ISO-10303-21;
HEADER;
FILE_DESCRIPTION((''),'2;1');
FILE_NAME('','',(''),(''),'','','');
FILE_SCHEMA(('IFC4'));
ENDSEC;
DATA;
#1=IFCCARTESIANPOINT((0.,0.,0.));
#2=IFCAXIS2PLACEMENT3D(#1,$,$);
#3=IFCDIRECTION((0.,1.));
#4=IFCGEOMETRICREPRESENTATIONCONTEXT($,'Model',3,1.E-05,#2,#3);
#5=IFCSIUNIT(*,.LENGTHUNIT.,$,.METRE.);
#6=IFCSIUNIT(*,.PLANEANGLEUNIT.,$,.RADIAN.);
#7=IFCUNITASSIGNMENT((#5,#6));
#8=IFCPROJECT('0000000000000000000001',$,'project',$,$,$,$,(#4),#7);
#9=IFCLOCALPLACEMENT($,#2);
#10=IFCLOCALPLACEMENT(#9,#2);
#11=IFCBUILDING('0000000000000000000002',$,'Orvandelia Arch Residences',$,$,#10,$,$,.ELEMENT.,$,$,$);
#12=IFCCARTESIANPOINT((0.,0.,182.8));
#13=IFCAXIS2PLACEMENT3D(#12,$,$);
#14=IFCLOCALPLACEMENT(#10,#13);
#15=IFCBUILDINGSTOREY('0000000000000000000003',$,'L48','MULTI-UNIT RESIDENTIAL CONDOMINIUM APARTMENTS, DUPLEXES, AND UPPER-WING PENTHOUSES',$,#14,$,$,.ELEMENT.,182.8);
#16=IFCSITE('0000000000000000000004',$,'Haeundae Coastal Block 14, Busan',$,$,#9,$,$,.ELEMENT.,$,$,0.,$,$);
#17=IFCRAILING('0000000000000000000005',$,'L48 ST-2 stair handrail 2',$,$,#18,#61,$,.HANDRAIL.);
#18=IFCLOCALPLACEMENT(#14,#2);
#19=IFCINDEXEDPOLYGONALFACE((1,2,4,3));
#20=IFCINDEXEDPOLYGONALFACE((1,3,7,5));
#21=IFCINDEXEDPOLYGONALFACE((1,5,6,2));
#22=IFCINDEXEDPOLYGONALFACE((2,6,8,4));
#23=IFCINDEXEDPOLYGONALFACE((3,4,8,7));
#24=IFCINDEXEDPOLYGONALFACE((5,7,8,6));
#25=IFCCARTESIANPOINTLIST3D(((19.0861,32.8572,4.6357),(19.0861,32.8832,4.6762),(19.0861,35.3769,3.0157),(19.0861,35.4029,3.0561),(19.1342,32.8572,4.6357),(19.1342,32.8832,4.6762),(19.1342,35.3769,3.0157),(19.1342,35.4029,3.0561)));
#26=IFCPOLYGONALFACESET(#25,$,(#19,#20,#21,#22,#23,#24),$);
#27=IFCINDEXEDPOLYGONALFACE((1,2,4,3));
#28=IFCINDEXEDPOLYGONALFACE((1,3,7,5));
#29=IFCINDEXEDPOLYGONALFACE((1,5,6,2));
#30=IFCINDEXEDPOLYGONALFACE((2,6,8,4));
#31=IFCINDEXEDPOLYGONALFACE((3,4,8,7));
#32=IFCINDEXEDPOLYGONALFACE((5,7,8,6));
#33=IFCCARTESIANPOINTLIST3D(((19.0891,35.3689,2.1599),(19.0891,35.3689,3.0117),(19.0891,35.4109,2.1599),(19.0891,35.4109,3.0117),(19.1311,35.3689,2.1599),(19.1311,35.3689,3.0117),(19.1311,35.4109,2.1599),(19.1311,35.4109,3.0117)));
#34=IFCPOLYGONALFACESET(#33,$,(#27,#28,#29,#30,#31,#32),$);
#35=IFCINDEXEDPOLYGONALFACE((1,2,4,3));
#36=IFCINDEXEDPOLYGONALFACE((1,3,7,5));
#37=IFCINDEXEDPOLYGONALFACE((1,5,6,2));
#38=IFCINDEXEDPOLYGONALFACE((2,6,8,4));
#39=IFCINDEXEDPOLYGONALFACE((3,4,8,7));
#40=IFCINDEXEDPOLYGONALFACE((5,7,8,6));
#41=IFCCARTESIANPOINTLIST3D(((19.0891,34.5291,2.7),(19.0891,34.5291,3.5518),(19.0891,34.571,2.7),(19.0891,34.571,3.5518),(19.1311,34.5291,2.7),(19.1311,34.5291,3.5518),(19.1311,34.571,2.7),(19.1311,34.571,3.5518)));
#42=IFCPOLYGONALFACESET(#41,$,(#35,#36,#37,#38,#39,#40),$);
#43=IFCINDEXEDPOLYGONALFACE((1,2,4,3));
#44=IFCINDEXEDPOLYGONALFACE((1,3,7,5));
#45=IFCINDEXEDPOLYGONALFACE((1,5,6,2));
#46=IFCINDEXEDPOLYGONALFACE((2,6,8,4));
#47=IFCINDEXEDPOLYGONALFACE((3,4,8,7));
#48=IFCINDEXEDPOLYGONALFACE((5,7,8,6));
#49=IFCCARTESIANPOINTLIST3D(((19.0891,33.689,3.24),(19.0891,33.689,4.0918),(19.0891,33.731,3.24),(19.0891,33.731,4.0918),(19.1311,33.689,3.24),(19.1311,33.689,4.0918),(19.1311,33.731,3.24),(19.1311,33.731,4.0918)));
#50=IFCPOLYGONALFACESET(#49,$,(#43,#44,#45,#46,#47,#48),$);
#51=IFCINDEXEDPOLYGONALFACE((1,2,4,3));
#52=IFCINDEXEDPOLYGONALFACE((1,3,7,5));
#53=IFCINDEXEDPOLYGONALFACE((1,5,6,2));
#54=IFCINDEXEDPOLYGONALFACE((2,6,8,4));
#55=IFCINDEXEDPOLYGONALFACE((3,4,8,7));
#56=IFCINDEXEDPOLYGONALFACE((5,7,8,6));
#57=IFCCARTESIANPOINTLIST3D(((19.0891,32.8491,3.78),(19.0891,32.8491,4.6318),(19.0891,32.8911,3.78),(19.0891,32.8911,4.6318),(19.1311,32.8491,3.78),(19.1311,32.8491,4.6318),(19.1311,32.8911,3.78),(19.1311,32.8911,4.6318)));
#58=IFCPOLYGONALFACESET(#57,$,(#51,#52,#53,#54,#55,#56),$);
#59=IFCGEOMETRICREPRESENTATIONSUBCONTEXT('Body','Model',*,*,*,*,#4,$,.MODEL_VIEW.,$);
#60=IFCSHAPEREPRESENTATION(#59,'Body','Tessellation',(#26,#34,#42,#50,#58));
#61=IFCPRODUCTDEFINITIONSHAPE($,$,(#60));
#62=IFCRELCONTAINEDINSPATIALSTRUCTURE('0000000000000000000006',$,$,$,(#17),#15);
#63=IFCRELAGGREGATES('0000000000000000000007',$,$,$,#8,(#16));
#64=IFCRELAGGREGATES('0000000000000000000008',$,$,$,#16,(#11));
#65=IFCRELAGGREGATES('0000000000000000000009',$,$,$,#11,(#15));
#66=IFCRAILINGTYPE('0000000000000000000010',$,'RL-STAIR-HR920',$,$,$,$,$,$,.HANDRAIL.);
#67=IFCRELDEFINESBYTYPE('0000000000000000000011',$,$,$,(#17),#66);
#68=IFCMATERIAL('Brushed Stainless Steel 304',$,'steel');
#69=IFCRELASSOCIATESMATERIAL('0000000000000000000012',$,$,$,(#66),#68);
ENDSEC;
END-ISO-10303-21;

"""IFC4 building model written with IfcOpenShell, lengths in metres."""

from ifc_helpers import new_model, si_unit, direction, frame, origin, origin_2d, place, context, subcontext, project, spatial, rectangle, extrude, material, type_object, element, save


model = new_model("IFC4")

# Units and contexts
model_context = context("Model", 3, precision=1e-05, world=origin(), true_north=direction((0.0, 1.0)))
body_context = subcontext(model_context, "Body", "Model", "MODEL_VIEW")
ifc_project = project(units=[si_unit("LENGTHUNIT", "METRE"), si_unit("PLANEANGLEUNIT", "RADIAN")], contexts=[model_context])

# Site, building, storey
site_placement = place(None, origin())
site = spatial("IfcSite", under=ifc_project, at=site_placement, Name="Haeundae Coastal Block 14, Busan", CompositionType="ELEMENT", RefElevation=0.0)
building_placement = place(site_placement, origin())
building = spatial("IfcBuilding", under=site, at=building_placement, Name="Orvandelia Arch Residences", CompositionType="ELEMENT")
storey_placement = place(building_placement, frame((0.0, 0.0, 182.8)))
storey = spatial("IfcBuildingStorey", under=building, at=storey_placement, Name="L48", Description="MULTI-UNIT RESIDENTIAL CONDOMINIUM APARTMENTS, DUPLEXES, AND UPPER-WING PENTHOUSES", CompositionType="ELEMENT", Elevation=182.8)

# Railing
ifc_material_1 = material(Name="Brushed Stainless Steel 304", Category="steel")
railing_type_1 = type_object("IfcRailingType", Name="RL-STAIR-HR920", PredefinedType="HANDRAIL", material=ifc_material_1)
railing_1_placement = place(storey_placement, frame((19.1101, 35.3899, 2.1599)))
element("IfcRailing", 1, at=railing_1_placement, inside=storey, type_object=railing_type_1, Name="L48 ST-2 stair handrail 2", PredefinedType="HANDRAIL", context=body_context, shape_type="SweptSolid", body=[
    extrude(rectangle(XDim=0.0481, YDim=0.0481, at=origin_2d()), frame((0.0, 0.0, 0.876), z_axis=(0.0, -0.841139, 0.540819), x_axis=(1.0, 0.0, 0.0)), (0.0, 0.0, 1.0), 2.9956),
    extrude(rectangle(XDim=0.042, YDim=0.042, at=origin_2d()), origin(), (0.0, 0.0, 1.0), 0.8518),
    extrude(rectangle(XDim=0.042, YDim=0.042, at=origin_2d()), frame((0.0, -0.8398, 0.54)), (0.0, 0.0, 1.0), 0.8518),
    extrude(rectangle(XDim=0.042, YDim=0.042, at=origin_2d()), frame((0.0, -1.6799, 1.0801)), (0.0, 0.0, 1.0), 0.8518),
    extrude(rectangle(XDim=0.042, YDim=0.042, at=origin_2d()), frame((0.0, -2.5198, 1.6201)), (0.0, 0.0, 1.0), 0.8518),
])

save(model, "model.ifc")
